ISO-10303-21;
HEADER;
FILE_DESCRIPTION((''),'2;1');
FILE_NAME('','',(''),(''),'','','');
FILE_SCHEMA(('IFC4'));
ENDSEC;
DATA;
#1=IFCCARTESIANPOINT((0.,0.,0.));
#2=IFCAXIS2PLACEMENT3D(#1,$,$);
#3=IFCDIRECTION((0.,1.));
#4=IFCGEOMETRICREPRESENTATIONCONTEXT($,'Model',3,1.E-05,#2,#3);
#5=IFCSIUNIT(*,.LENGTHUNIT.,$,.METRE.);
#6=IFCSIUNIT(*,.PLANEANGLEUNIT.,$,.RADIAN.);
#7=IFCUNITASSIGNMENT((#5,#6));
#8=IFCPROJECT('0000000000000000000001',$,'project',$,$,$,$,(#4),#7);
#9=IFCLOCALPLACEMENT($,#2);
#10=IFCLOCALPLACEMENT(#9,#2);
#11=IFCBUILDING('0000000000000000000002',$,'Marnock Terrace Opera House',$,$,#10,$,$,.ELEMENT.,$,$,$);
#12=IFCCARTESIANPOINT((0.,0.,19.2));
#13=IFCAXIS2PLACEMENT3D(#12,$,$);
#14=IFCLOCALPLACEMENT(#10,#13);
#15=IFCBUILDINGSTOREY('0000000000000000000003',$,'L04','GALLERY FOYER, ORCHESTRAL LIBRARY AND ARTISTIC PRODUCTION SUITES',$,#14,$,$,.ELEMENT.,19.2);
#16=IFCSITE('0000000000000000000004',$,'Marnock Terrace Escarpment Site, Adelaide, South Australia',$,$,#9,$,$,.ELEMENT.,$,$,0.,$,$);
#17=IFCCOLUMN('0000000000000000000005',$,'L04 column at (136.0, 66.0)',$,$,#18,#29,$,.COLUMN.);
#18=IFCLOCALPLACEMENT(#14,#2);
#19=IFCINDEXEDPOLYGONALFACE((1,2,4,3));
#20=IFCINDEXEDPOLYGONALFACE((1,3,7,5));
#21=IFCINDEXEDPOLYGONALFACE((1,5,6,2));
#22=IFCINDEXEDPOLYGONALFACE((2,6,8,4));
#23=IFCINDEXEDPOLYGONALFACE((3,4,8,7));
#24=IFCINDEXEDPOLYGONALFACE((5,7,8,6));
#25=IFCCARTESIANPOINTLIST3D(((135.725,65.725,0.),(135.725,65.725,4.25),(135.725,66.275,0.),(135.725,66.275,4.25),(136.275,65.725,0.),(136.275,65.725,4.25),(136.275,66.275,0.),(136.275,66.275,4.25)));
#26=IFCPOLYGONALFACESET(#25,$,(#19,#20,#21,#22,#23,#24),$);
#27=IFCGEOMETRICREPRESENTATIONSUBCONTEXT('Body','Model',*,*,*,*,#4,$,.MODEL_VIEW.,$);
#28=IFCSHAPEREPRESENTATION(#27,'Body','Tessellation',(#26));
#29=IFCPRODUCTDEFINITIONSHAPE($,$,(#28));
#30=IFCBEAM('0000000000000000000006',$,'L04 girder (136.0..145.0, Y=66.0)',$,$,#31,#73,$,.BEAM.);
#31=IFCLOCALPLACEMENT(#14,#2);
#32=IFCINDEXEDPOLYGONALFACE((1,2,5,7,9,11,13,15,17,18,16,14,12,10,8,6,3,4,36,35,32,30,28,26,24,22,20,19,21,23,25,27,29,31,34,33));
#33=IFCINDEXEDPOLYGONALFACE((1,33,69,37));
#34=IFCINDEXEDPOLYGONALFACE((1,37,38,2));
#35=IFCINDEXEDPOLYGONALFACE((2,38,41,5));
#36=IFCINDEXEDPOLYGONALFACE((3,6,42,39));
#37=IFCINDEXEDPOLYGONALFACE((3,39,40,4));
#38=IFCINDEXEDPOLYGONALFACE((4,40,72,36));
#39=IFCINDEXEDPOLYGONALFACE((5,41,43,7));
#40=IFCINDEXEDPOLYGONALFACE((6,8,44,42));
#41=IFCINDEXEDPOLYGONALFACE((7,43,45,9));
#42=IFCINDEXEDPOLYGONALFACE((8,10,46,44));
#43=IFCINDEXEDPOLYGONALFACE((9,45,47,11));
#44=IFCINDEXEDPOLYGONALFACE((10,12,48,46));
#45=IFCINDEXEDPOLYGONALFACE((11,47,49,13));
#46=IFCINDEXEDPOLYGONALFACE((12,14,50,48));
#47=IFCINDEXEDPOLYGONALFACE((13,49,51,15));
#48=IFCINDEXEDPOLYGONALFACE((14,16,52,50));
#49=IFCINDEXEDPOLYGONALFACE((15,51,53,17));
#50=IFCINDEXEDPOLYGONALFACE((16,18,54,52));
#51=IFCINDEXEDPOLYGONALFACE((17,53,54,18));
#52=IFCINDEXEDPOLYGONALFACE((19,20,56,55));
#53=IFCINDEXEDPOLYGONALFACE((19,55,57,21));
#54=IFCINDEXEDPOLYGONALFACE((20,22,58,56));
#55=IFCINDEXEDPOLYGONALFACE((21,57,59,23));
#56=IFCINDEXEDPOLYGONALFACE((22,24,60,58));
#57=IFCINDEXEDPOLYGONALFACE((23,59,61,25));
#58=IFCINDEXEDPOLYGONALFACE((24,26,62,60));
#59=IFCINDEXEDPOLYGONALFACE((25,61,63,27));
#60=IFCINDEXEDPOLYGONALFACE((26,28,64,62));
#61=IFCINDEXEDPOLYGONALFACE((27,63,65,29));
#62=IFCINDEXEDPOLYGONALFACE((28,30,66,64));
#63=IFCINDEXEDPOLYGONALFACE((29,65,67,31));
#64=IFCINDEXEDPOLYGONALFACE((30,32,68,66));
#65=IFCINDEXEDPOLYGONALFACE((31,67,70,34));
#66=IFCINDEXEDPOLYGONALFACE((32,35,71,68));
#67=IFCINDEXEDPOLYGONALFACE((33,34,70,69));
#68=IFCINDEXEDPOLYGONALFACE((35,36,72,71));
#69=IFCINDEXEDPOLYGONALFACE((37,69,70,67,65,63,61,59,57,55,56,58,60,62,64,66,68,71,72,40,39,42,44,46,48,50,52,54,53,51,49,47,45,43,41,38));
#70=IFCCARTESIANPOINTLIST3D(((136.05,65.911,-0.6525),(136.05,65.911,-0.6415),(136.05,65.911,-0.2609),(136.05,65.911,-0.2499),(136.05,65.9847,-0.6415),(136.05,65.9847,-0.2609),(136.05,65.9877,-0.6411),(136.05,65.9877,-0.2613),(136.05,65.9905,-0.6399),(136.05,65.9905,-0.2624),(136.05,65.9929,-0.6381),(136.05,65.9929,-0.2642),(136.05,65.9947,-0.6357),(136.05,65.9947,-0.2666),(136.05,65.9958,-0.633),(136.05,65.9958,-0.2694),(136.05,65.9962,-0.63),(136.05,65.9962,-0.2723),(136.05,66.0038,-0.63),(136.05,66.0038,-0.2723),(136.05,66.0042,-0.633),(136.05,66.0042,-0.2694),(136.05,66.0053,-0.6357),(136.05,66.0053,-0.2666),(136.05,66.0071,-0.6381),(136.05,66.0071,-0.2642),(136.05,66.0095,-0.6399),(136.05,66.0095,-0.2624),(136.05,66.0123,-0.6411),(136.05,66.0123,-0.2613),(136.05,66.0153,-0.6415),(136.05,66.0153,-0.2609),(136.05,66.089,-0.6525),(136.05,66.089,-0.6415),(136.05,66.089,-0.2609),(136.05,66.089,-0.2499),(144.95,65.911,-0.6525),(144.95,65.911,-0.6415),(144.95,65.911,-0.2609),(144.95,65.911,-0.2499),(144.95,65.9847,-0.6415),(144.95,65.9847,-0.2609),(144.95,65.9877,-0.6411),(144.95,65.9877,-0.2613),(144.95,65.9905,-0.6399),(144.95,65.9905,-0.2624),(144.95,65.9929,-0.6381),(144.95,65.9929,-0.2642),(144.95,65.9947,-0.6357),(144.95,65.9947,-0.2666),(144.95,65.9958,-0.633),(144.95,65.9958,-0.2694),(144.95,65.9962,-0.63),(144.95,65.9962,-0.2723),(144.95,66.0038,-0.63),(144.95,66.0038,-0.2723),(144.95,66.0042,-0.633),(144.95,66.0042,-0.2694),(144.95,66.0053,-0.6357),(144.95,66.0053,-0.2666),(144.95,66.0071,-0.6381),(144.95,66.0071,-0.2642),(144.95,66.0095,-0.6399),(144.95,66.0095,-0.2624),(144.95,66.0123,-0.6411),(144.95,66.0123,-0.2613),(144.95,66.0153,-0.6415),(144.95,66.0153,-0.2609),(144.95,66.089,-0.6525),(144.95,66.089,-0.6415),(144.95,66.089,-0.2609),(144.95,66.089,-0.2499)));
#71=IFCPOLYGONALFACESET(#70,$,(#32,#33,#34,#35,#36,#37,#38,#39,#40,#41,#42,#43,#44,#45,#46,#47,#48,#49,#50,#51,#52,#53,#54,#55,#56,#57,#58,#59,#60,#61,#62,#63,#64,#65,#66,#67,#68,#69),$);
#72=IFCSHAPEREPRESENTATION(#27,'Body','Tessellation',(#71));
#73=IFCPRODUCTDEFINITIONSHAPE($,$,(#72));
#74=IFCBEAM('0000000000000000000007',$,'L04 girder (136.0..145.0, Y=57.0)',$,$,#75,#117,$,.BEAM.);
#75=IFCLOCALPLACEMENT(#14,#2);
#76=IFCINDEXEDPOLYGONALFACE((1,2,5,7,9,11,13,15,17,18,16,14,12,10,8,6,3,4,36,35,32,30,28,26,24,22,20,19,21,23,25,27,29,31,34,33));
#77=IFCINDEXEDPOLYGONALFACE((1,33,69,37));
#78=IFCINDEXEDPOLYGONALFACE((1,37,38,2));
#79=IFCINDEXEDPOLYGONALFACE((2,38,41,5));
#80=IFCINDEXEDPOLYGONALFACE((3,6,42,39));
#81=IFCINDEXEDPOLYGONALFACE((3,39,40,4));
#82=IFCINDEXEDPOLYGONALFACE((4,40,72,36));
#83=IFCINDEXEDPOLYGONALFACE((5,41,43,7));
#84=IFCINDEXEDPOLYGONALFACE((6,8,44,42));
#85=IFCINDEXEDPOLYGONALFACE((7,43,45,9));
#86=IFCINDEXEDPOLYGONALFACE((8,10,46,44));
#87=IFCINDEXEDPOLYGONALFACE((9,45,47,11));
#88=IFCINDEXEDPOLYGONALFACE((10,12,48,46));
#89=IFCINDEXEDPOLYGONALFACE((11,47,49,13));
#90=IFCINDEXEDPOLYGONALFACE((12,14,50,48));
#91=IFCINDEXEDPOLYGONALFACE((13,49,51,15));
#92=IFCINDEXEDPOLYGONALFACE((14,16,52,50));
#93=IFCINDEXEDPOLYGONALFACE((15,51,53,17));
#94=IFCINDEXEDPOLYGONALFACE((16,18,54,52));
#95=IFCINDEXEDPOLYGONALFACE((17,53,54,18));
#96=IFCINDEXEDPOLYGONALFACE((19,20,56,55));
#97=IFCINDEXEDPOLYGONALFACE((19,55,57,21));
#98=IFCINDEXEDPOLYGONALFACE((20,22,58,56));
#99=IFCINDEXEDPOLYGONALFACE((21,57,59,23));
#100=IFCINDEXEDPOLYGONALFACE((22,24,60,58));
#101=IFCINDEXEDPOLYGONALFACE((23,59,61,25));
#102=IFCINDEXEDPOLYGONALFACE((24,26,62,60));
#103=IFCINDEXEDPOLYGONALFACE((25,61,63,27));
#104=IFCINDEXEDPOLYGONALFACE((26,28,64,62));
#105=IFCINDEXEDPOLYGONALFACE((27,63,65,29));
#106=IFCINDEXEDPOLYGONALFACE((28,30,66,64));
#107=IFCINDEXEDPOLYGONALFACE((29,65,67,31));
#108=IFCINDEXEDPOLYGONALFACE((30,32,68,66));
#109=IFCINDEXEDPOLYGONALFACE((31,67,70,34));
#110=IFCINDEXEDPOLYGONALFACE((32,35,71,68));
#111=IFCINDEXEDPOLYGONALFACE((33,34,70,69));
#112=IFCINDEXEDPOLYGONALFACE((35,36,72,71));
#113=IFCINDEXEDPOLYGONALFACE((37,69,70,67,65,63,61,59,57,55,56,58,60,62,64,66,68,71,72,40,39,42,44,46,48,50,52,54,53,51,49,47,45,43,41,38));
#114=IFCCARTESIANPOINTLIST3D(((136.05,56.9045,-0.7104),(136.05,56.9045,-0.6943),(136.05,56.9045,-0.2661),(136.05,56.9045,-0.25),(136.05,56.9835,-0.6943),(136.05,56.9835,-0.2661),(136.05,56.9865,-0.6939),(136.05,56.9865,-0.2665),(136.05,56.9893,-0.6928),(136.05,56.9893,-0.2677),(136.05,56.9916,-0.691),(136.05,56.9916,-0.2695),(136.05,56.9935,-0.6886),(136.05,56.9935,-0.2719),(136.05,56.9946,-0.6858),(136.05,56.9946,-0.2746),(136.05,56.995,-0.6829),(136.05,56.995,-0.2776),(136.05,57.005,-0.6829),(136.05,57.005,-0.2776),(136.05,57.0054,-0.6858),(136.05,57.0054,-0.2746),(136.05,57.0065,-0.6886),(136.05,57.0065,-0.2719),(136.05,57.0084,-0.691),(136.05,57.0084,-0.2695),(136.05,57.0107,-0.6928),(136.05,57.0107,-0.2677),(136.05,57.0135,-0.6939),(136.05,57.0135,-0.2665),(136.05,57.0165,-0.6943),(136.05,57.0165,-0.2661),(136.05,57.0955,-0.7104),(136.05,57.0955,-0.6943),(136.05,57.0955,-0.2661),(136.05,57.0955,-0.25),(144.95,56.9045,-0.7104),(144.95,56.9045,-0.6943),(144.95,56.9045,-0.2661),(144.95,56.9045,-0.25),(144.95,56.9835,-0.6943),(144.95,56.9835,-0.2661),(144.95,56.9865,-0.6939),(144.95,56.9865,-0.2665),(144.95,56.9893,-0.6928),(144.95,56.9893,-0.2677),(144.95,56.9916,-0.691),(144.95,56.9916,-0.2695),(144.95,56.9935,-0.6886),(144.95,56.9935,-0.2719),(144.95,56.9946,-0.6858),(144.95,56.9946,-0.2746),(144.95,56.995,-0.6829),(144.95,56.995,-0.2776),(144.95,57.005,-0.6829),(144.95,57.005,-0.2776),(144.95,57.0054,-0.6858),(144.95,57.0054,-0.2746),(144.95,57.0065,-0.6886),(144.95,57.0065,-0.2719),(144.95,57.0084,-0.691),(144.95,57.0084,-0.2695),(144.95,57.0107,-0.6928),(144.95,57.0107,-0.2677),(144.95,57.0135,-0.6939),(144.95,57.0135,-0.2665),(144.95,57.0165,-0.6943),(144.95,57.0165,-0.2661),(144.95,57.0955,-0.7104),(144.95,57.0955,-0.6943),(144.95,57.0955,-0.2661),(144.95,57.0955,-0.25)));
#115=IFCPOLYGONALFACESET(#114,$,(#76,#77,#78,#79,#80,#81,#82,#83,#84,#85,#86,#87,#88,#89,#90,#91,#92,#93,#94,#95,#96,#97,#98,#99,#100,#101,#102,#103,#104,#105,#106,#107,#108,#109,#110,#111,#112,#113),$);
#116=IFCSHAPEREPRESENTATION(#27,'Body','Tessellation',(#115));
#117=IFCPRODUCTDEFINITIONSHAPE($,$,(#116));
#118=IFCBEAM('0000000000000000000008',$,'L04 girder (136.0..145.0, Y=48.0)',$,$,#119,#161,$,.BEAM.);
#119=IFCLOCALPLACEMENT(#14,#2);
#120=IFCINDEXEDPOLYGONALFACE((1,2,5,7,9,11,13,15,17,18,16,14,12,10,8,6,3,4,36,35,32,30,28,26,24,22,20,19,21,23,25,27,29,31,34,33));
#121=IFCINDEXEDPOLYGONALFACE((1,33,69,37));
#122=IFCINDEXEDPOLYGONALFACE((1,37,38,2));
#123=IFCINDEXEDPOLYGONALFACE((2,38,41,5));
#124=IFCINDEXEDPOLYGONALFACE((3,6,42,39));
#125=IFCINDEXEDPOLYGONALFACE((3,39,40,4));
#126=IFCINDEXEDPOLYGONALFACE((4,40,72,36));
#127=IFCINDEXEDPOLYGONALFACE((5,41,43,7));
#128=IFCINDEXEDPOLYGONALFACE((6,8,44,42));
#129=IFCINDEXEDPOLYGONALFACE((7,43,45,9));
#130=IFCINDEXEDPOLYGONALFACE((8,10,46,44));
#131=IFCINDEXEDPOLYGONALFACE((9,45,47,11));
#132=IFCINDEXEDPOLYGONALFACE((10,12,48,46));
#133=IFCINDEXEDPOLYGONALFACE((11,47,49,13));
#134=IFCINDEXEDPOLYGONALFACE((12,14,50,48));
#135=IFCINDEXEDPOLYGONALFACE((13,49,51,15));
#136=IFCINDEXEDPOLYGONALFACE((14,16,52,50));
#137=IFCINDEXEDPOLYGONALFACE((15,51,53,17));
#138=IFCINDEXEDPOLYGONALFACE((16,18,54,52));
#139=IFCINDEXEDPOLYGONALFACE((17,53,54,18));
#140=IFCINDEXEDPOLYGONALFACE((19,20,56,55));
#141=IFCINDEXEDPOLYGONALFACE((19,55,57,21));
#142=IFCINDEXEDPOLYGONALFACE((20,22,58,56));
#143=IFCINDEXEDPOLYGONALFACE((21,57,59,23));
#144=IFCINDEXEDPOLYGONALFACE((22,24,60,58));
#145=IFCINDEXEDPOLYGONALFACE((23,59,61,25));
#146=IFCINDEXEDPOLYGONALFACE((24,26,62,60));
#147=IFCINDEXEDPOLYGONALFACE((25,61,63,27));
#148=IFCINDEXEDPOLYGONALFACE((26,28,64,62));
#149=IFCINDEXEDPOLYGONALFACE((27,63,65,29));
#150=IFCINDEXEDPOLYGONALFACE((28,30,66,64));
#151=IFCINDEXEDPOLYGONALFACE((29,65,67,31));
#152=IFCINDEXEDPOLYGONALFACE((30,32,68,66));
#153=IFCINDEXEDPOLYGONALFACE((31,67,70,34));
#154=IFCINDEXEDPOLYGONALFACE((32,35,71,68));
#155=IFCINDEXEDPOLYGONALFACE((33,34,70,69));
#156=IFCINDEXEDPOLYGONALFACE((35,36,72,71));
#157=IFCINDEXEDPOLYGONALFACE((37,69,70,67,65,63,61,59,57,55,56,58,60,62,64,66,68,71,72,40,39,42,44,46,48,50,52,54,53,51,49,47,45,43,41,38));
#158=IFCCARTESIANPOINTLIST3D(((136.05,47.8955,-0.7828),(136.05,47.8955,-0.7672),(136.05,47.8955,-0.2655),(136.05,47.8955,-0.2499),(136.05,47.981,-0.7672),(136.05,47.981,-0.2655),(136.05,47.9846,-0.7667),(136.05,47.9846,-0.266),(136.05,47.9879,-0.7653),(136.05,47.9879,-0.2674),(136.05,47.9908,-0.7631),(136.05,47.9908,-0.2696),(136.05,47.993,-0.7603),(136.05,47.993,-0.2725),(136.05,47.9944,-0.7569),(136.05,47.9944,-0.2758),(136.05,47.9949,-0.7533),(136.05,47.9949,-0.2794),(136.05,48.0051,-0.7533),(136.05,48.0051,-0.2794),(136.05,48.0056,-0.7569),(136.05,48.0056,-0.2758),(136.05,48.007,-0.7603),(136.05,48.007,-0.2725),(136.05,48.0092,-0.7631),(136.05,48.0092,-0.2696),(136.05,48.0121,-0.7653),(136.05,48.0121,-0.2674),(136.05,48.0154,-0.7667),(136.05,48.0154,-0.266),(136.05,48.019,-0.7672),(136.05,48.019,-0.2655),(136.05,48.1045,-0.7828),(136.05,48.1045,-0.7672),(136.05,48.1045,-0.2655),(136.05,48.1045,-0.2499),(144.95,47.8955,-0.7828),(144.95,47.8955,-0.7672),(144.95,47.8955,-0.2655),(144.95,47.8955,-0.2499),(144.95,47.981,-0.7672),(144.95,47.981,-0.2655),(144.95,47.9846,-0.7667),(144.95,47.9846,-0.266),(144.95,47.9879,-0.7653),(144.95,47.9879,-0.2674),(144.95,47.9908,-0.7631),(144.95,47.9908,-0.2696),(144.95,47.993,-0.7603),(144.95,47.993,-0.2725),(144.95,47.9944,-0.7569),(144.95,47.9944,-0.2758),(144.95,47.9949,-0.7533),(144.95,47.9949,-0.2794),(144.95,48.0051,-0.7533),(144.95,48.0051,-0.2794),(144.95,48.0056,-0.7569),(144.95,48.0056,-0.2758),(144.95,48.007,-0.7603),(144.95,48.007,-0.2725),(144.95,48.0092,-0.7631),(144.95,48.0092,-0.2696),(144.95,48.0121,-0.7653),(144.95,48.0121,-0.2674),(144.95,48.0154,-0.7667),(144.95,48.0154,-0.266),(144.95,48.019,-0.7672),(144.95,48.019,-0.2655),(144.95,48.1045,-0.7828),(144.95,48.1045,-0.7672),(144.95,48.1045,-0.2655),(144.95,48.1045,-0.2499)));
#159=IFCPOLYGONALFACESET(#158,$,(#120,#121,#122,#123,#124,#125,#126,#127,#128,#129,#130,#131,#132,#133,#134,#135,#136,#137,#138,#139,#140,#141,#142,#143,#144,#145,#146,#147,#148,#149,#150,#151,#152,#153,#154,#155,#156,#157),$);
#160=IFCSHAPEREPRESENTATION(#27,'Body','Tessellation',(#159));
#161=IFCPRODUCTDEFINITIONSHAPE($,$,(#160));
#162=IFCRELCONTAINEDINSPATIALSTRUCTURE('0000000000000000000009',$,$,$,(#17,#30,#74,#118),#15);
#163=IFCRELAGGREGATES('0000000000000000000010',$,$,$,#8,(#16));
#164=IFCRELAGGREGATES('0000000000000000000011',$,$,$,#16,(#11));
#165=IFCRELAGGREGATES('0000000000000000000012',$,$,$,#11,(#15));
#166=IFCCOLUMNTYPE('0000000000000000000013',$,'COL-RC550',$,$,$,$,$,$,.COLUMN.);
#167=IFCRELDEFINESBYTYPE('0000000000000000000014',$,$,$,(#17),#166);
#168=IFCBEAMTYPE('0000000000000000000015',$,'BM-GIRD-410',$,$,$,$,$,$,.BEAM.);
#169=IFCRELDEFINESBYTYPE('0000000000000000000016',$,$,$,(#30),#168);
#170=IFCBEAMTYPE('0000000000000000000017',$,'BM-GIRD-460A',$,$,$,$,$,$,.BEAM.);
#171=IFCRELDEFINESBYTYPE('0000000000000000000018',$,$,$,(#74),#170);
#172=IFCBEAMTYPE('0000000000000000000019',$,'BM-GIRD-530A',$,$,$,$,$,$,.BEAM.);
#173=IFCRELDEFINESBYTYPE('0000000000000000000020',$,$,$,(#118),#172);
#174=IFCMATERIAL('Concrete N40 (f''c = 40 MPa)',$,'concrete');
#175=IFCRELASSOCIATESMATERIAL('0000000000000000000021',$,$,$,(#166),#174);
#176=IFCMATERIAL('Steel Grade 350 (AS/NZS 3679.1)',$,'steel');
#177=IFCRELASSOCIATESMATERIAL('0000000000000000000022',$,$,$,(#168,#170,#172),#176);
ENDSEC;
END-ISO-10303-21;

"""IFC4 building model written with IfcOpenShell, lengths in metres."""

from ifc_helpers import new_model, si_unit, direction, frame, origin, origin_2d, place, context, subcontext, project, spatial, rectangle, i_section, extrude, material, material_profile, profile_set, type_object, element, save


model = new_model("IFC4")

# Units and contexts
model_context = context("Model", 3, precision=1e-05, world=origin(), true_north=direction((0.0, 1.0)))
body_context = subcontext(model_context, "Body", "Model", "MODEL_VIEW")
ifc_project = project(units=[si_unit("LENGTHUNIT", "METRE"), si_unit("PLANEANGLEUNIT", "RADIAN")], contexts=[model_context])

# Site, building, storey
site_placement = place(None, origin())
site = spatial("IfcSite", under=ifc_project, at=site_placement, Name="Marnock Terrace Escarpment Site, Adelaide, South Australia", CompositionType="ELEMENT", RefElevation=0.0)
building_placement = place(site_placement, origin())
building = spatial("IfcBuilding", under=site, at=building_placement, Name="Marnock Terrace Opera House", CompositionType="ELEMENT")
storey_placement = place(building_placement, frame((0.0, 0.0, 19.2)))
storey = spatial("IfcBuildingStorey", under=building, at=storey_placement, Name="L04", Description="GALLERY FOYER, ORCHESTRAL LIBRARY AND ARTISTIC PRODUCTION SUITES", CompositionType="ELEMENT", Elevation=19.2)

# Column
ifc_material_1 = material(Name="Concrete N40 (f'c = 40 MPa)", Category="concrete")
ifc_material_profile_1 = material_profile(ifc_material_1, rectangle(XDim=0.55, YDim=0.55, at=origin_2d()))
ifc_profile_set_1 = profile_set([ifc_material_profile_1], Name="Concrete N40 (f'c = 40 MPa)")
column_type = type_object("IfcColumnType", Name="COL-RC550", PredefinedType="COLUMN", material=ifc_profile_set_1)
column_placement = place(storey_placement, frame((136.0, 66.0, 0.0), z_axis=(0.0, 0.0, 1.0), x_axis=(1.0, 0.0, 0.0)))
element("IfcColumn", 1, at=column_placement, inside=storey, type_object=column_type, Name="L04 column at (136.0, 66.0)", PredefinedType="COLUMN", context=body_context, shape_type="SweptSolid", body=[
    extrude(rectangle(XDim=0.55, YDim=0.55, at=origin_2d()), origin(), (0.0, 0.0, 1.0), 4.25),
])

# Beams
ifc_material_2 = material(Name="Steel Grade 350 (AS/NZS 3679.1)", Category="steel")
ifc_material_profile_2 = material_profile(ifc_material_2, i_section(OverallWidth=0.178, OverallDepth=0.4026, WebThickness=0.0076, FlangeThickness=0.011, FilletRadius=0.0115, at=origin_2d()))
ifc_profile_set_2 = profile_set([ifc_material_profile_2], Name="Steel Grade 350 (AS/NZS 3679.1)")
beam_type_1 = type_object("IfcBeamType", Name="BM-GIRD-410", PredefinedType="BEAM", material=ifc_profile_set_2)
beam_1_placement = place(storey_placement, frame((136.05, 66.0, -0.4512), z_axis=(1.0, 0.0, 0.0), x_axis=(0.0, 1.0, 0.0)))
element("IfcBeam", 2, at=beam_1_placement, inside=storey, type_object=beam_type_1, Name="L04 girder (136.0..145.0, Y=66.0)", PredefinedType="BEAM", context=body_context, shape_type="SweptSolid", body=[
    extrude(i_section(OverallWidth=0.178, OverallDepth=0.4026, WebThickness=0.0076, FlangeThickness=0.011, FilletRadius=0.0115, at=origin_2d()), origin(), (0.0, 0.0, 1.0), 8.8999),
])
ifc_material_profile_3 = material_profile(ifc_material_2, i_section(OverallWidth=0.1909, OverallDepth=0.4604, WebThickness=0.01, FlangeThickness=0.0161, FilletRadius=0.0115, at=origin_2d()))
ifc_profile_set_3 = profile_set([ifc_material_profile_3], Name="Steel Grade 350 (AS/NZS 3679.1)")
beam_type_2 = type_object("IfcBeamType", Name="BM-GIRD-460A", PredefinedType="BEAM", material=ifc_profile_set_3)
beam_2_placement = place(storey_placement, frame((136.05, 57.0, -0.4802), z_axis=(1.0, 0.0, 0.0), x_axis=(0.0, 1.0, 0.0)))
element("IfcBeam", 3, at=beam_2_placement, inside=storey, type_object=beam_type_2, Name="L04 girder (136.0..145.0, Y=57.0)", PredefinedType="BEAM", context=body_context, shape_type="SweptSolid", body=[
    extrude(i_section(OverallWidth=0.1909, OverallDepth=0.4604, WebThickness=0.01, FlangeThickness=0.0161, FilletRadius=0.0115, at=origin_2d()), origin(), (0.0, 0.0, 1.0), 8.8999),
])
ifc_material_profile_4 = material_profile(ifc_material_2, i_section(OverallWidth=0.209, OverallDepth=0.533, WebThickness=0.0103, FlangeThickness=0.0156, FilletRadius=0.0139, at=origin_2d()))
ifc_profile_set_4 = profile_set([ifc_material_profile_4], Name="Steel Grade 350 (AS/NZS 3679.1)")
beam_type_3 = type_object("IfcBeamType", Name="BM-GIRD-530A", PredefinedType="BEAM", material=ifc_profile_set_4)
beam_3_placement = place(storey_placement, frame((136.05, 48.0, -0.5164), z_axis=(1.0, 0.0, 0.0), x_axis=(0.0, 1.0, 0.0)))
element("IfcBeam", 4, at=beam_3_placement, inside=storey, type_object=beam_type_3, Name="L04 girder (136.0..145.0, Y=48.0)", PredefinedType="BEAM", context=body_context, shape_type="SweptSolid", body=[
    extrude(i_section(OverallWidth=0.209, OverallDepth=0.533, WebThickness=0.0103, FlangeThickness=0.0156, FilletRadius=0.0139, at=origin_2d()), origin(), (0.0, 0.0, 1.0), 8.8999),
])

save(model, "model.ifc")
